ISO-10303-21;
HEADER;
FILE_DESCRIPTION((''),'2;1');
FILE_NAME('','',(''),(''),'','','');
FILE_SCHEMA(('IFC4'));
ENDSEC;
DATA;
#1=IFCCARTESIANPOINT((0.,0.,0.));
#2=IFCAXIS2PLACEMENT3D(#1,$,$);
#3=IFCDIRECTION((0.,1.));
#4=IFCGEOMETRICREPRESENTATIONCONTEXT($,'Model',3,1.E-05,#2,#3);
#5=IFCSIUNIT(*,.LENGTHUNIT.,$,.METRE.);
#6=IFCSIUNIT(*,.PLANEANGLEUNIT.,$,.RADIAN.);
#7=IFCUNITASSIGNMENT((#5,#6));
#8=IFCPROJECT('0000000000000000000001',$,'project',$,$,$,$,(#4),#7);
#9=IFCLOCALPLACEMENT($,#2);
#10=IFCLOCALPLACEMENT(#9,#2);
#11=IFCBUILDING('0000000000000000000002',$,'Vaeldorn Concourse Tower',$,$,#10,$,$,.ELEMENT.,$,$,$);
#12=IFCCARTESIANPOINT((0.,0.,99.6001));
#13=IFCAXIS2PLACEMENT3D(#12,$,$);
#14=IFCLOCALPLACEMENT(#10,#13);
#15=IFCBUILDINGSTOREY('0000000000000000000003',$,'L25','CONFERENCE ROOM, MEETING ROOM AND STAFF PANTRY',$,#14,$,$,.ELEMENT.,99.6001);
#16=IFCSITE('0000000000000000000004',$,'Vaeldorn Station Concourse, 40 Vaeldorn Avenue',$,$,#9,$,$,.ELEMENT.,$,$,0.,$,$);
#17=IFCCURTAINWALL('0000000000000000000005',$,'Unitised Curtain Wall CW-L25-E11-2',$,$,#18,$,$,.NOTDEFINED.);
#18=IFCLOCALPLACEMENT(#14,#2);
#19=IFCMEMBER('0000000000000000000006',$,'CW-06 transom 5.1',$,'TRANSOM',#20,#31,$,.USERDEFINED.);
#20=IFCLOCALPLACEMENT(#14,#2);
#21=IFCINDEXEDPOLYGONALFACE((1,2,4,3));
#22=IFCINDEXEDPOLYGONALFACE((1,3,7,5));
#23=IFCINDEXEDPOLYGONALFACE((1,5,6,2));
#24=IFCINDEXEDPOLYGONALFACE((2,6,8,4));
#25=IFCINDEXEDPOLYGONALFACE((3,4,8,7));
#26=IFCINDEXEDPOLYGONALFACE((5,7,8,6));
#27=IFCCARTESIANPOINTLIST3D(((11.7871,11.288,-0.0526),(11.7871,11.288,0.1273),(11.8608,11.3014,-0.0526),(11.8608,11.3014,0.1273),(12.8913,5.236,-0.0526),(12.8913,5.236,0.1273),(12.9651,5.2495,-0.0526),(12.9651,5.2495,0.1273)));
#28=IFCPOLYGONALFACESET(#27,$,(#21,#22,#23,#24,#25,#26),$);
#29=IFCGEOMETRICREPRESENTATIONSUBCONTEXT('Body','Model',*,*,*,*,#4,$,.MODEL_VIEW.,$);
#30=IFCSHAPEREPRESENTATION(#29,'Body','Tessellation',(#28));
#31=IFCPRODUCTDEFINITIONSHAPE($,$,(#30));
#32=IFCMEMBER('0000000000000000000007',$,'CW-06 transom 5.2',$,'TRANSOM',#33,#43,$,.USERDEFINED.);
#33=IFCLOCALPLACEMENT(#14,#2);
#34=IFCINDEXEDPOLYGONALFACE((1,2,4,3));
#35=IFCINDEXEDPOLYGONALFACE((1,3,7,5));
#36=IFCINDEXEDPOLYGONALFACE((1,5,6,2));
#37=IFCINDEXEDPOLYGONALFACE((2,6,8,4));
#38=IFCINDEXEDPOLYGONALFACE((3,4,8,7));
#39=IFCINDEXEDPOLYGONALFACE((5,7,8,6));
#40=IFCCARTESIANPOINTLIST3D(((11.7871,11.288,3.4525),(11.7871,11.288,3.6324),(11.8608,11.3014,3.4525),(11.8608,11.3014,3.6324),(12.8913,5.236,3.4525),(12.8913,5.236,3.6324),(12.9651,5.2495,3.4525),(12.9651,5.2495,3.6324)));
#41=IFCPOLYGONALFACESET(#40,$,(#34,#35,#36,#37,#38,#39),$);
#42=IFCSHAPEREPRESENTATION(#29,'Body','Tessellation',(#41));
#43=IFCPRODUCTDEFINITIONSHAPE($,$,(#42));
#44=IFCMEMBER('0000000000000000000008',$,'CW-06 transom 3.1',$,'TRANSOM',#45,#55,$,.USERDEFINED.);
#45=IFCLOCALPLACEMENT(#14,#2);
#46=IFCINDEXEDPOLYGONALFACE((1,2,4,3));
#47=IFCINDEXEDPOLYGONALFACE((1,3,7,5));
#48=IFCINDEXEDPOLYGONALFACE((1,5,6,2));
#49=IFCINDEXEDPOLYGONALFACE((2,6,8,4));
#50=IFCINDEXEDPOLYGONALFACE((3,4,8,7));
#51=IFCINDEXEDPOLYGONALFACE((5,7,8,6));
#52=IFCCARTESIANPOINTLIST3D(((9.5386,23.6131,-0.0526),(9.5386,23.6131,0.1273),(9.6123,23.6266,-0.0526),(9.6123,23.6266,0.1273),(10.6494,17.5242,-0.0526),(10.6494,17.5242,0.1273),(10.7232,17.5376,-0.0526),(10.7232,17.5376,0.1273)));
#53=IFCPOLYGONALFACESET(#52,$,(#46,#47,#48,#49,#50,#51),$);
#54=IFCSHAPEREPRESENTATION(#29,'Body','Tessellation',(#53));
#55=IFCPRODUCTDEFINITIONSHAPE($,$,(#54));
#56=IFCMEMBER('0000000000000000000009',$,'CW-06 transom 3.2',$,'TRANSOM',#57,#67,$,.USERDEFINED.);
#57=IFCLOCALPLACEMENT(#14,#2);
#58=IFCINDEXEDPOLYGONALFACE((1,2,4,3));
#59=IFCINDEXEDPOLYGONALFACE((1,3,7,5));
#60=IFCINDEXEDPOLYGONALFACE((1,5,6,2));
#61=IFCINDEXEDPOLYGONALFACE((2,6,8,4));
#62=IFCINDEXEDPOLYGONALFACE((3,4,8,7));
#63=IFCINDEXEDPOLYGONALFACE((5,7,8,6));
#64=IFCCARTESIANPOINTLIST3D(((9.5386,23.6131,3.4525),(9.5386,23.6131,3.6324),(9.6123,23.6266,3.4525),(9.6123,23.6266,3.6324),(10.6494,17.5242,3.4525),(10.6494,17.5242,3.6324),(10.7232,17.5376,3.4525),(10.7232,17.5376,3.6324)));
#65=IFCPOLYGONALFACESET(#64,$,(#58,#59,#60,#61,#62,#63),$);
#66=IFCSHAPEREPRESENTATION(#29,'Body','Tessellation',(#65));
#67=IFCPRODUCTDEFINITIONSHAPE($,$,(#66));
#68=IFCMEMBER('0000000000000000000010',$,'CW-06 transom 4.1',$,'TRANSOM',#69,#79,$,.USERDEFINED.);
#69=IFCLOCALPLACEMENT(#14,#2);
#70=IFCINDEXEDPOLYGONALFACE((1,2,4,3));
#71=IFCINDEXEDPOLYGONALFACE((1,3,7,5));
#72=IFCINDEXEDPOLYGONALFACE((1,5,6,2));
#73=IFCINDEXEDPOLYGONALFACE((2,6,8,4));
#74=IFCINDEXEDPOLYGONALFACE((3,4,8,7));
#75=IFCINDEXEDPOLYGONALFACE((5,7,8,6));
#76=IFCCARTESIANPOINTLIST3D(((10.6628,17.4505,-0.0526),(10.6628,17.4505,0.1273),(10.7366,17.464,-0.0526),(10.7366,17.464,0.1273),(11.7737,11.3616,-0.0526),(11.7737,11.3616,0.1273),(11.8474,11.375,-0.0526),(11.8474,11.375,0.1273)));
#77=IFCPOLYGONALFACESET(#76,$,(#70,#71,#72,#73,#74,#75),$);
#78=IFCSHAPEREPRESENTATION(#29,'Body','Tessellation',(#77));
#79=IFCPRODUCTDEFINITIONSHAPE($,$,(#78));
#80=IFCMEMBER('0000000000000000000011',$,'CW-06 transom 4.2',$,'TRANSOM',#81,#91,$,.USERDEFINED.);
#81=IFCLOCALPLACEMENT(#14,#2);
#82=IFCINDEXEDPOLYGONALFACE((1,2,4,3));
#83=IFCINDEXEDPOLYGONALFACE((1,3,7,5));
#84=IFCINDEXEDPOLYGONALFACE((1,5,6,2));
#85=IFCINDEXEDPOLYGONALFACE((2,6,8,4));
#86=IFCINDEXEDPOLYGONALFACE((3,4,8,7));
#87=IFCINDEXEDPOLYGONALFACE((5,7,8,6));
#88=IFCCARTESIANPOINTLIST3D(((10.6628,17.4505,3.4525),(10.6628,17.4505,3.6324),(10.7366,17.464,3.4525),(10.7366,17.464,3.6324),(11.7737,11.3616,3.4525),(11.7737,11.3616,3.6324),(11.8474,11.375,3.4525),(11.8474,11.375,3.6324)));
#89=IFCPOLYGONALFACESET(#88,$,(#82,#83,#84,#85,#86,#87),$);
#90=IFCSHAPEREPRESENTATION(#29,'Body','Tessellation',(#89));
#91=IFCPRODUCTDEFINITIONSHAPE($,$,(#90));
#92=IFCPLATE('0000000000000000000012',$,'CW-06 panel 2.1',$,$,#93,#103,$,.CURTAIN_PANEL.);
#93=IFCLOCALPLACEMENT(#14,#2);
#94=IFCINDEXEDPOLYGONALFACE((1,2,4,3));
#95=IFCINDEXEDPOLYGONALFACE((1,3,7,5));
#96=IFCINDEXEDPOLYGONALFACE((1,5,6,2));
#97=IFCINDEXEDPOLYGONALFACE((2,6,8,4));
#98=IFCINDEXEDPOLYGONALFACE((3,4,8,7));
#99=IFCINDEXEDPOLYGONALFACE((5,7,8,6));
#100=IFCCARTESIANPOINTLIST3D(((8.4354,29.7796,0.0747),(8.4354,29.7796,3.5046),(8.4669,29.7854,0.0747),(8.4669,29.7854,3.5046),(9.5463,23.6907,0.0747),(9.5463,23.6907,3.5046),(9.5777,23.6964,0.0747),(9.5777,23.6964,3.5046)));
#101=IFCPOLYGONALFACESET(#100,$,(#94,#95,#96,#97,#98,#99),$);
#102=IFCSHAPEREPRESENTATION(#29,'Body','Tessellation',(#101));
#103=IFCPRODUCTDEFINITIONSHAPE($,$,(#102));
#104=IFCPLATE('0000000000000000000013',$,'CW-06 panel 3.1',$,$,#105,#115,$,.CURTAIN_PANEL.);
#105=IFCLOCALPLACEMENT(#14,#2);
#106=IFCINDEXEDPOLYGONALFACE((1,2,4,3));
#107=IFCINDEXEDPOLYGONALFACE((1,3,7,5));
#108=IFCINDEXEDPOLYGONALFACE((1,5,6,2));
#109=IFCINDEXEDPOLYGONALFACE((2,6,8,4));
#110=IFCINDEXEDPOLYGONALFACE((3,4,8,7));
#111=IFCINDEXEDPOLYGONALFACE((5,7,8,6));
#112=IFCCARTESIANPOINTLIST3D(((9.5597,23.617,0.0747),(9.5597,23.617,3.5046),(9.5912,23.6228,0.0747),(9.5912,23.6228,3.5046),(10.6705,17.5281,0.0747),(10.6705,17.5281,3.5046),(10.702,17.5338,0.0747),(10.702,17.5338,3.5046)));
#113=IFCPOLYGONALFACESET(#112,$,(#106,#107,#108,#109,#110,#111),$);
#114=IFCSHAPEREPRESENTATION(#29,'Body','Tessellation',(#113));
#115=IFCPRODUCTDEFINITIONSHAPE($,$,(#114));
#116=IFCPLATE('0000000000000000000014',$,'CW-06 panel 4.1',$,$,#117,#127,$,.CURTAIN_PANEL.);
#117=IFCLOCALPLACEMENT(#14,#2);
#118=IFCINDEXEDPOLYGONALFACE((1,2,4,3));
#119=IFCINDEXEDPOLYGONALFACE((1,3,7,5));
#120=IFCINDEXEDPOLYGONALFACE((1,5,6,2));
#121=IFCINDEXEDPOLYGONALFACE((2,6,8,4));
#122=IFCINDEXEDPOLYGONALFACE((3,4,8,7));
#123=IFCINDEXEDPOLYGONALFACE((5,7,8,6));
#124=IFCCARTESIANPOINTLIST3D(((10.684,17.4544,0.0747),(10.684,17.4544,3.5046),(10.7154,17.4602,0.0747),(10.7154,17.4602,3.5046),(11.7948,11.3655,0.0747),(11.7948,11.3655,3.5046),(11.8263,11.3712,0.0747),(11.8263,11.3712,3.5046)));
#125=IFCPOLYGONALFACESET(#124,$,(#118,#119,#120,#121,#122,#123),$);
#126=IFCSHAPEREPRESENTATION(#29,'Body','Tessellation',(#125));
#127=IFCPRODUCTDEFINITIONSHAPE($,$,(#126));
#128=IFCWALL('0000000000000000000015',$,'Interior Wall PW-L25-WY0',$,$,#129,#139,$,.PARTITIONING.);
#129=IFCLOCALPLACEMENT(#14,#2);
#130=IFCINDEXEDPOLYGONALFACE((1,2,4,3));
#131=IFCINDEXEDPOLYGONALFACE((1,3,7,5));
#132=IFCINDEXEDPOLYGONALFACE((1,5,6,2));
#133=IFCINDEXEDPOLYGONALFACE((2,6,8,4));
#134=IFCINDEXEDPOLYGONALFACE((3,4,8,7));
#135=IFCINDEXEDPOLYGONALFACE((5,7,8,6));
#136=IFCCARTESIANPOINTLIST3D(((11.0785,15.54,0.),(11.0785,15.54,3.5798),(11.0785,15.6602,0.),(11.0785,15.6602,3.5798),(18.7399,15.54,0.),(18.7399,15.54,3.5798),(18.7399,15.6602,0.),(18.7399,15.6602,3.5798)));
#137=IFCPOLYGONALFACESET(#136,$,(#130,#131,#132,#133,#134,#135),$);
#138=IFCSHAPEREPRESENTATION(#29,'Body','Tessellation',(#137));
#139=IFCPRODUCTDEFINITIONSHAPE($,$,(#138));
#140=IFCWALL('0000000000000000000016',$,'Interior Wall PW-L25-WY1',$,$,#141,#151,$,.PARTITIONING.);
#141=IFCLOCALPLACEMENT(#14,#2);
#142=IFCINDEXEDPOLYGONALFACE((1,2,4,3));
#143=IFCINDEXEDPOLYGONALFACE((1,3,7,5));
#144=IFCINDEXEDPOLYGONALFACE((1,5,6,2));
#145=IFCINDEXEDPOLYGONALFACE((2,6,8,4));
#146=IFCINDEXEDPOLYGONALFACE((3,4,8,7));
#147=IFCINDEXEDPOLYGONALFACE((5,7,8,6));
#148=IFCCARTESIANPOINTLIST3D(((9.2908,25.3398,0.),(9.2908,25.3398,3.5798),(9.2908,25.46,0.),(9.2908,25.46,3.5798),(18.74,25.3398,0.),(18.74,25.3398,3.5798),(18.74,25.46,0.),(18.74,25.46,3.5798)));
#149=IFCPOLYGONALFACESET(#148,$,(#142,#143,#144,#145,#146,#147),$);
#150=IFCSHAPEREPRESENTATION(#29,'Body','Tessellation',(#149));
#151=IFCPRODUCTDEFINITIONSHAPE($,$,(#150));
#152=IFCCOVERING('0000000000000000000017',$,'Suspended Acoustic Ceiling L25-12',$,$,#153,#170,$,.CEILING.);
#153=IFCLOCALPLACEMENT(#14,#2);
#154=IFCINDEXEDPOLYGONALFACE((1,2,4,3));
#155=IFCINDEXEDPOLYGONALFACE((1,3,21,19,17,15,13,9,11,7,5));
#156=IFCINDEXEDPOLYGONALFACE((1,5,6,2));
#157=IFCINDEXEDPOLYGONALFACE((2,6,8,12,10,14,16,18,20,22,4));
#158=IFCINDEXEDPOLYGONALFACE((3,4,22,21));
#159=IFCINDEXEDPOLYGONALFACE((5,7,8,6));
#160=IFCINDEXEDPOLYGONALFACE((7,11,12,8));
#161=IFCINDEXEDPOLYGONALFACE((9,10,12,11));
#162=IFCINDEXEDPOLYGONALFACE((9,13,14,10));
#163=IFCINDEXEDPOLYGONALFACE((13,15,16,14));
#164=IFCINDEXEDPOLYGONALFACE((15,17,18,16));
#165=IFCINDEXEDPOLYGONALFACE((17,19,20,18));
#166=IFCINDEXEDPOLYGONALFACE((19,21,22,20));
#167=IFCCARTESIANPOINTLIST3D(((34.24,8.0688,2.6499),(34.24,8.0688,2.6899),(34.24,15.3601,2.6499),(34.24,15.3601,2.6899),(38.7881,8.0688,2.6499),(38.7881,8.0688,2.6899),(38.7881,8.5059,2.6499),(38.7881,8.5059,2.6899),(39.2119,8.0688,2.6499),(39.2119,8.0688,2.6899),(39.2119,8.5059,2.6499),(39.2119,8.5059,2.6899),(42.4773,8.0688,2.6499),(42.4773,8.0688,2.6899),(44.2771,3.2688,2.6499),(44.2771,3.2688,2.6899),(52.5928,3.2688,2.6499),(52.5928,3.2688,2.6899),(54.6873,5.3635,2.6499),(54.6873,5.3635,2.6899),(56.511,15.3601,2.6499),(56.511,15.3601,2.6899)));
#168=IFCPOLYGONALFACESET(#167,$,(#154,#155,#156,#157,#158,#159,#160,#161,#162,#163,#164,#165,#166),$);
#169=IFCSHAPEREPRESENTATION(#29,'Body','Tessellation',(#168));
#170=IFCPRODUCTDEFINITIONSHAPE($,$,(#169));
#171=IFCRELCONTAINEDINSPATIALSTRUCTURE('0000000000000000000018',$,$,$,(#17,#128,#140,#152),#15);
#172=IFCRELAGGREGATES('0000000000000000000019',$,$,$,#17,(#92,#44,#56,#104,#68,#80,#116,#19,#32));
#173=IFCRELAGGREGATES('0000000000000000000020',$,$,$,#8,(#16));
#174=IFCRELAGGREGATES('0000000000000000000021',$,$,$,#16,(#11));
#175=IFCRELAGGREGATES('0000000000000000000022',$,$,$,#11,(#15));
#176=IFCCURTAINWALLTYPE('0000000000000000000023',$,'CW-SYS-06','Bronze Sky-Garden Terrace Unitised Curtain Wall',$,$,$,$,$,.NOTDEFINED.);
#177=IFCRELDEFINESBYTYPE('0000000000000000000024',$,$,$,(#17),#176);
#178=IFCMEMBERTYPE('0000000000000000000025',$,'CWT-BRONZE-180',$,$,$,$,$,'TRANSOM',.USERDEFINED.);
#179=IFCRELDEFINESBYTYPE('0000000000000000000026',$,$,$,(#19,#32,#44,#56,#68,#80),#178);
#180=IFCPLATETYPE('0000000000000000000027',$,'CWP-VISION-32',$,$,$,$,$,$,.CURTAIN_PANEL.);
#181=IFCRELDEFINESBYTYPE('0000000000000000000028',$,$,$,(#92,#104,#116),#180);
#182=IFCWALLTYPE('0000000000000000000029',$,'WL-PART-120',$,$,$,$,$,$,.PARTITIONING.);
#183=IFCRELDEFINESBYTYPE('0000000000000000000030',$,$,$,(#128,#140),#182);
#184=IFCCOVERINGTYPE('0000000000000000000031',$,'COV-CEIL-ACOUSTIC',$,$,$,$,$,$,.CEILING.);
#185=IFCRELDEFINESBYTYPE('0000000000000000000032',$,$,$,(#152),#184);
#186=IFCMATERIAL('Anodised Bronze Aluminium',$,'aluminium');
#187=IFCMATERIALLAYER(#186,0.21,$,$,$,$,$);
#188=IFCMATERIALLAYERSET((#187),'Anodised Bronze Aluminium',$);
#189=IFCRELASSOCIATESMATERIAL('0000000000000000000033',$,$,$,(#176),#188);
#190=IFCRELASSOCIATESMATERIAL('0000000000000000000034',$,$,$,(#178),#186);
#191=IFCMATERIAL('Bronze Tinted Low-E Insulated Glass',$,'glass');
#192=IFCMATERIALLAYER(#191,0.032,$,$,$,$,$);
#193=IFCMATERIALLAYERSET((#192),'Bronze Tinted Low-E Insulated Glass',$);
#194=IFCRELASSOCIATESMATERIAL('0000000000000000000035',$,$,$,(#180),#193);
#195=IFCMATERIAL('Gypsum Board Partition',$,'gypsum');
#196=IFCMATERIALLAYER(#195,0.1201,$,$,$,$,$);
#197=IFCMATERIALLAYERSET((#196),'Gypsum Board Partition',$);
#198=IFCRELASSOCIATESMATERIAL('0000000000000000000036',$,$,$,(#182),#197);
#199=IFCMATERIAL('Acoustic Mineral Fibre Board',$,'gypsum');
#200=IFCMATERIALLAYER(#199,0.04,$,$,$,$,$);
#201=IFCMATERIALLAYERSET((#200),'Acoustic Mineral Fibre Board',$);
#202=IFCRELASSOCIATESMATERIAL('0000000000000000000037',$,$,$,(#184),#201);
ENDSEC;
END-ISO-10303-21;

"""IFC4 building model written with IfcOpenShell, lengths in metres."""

from ifc_helpers import new_model, si_unit, direction, frame, frame_2d, origin, origin_2d, place, context, subcontext, project, spatial, polyline, rectangle, outline, extrude, source, transform, mapped, material, layer, layer_set, material_profile, profile_set, type_object, element, aggregate, save


model = new_model("IFC4")

# Units and contexts
model_context = context("Model", 3, precision=1e-05, world=origin(), true_north=direction((0.0, 1.0)))
body_context = subcontext(model_context, "Body", "Model", "MODEL_VIEW")
ifc_project = project(units=[si_unit("LENGTHUNIT", "METRE"), si_unit("PLANEANGLEUNIT", "RADIAN")], contexts=[model_context])

# Site, building, storey
site_placement = place(None, origin())
site = spatial("IfcSite", under=ifc_project, at=site_placement, Name="Vaeldorn Station Concourse, 40 Vaeldorn Avenue", CompositionType="ELEMENT", RefElevation=0.0)
building_placement = place(site_placement, origin())
building = spatial("IfcBuilding", under=site, at=building_placement, Name="Vaeldorn Concourse Tower", CompositionType="ELEMENT")
storey_placement = place(building_placement, frame((0.0, 0.0, 99.6001)))
storey = spatial("IfcBuildingStorey", under=building, at=storey_placement, Name="L25", Description="CONFERENCE ROOM, MEETING ROOM AND STAFF PANTRY", CompositionType="ELEMENT", Elevation=99.6001)

# Curtain wall, members, plates
ifc_material_1 = material(Name="Anodised Bronze Aluminium", Category="aluminium")
ifc_layer_1 = layer(ifc_material_1, 0.21)
ifc_layer_set_1 = layer_set([ifc_layer_1], Name="Anodised Bronze Aluminium")
curtain_wall_type = type_object("IfcCurtainWallType", Name="CW-SYS-06", Description="Bronze Sky-Garden Terrace Unitised Curtain Wall", PredefinedType="NOTDEFINED", material=ifc_layer_set_1)
curtain_wall_placement = place(storey_placement, origin())
curtain_wall = element("IfcCurtainWall", 1, at=curtain_wall_placement, inside=storey, type_object=curtain_wall_type, Name="Unitised Curtain Wall CW-L25-E11-2", PredefinedType="NOTDEFINED")
ifc_material_profile_1 = material_profile(ifc_material_1, rectangle(XDim=0.075, YDim=0.1799, at=origin_2d()), Name="CWT 75x180")
ifc_profile_set_1 = profile_set([ifc_material_profile_1], Name="Anodised Bronze Aluminium")
member_type_1 = type_object("IfcMemberType", Name="CWT-BRONZE-180", ElementType="TRANSOM", PredefinedType="USERDEFINED", material=ifc_profile_set_1)
shared_shape_1 = source(origin(), body_context, "Body", "SweptSolid", [
    extrude(rectangle(XDim=0.075, YDim=0.1799, at=origin_2d()), origin(), (0.0, 0.0, 1.0), 6.1519),
])
member_1_placement = place(storey_placement, frame((11.824, 11.2947, 0.0374), z_axis=(0.179497, -0.983759, 0.0), x_axis=(0.983759, 0.179497, 0.0)))
member_1 = element("IfcMember", 2, at=member_1_placement, type_object=member_type_1, Name="CW-06 transom 5.1", ObjectType="TRANSOM", PredefinedType="USERDEFINED", context=body_context, shape_type="MappedRepresentation", body=[
    mapped(shared_shape_1, transform((0.0, 0.0, 0.0), scale=1.0)),
])
member_2_placement = place(storey_placement, frame((11.824, 11.2947, 3.5425), z_axis=(0.179497, -0.983759, 0.0), x_axis=(0.983759, 0.179497, 0.0)))
member_2 = element("IfcMember", 3, at=member_2_placement, type_object=member_type_1, Name="CW-06 transom 5.2", ObjectType="TRANSOM", PredefinedType="USERDEFINED", context=body_context, shape_type="MappedRepresentation", body=[
    mapped(shared_shape_1, transform((0.0, 0.0, 0.0), scale=1.0)),
])
shared_shape_2 = source(origin(), body_context, "Body", "SweptSolid", [
    extrude(rectangle(XDim=0.075, YDim=0.1799, at=origin_2d()), origin(), (0.0, 0.0, 1.0), 6.1895),
])
member_3_placement = place(storey_placement, frame((9.5754, 23.6199, 0.0374), z_axis=(0.179476, -0.983762, 0.0), x_axis=(0.983762, 0.179476, 0.0)))
member_3 = element("IfcMember", 4, at=member_3_placement, type_object=member_type_1, Name="CW-06 transom 3.1", ObjectType="TRANSOM", PredefinedType="USERDEFINED", context=body_context, shape_type="MappedRepresentation", body=[
    mapped(shared_shape_2, transform((0.0, 0.0, 0.0), scale=1.0)),
])
member_4_placement = place(storey_placement, frame((9.5754, 23.6199, 3.5425), z_axis=(0.179476, -0.983762, 0.0), x_axis=(0.983762, 0.179476, 0.0)))
member_4 = element("IfcMember", 5, at=member_4_placement, type_object=member_type_1, Name="CW-06 transom 3.2", ObjectType="TRANSOM", PredefinedType="USERDEFINED", context=body_context, shape_type="MappedRepresentation", body=[
    mapped(shared_shape_2, transform((0.0, 0.0, 0.0), scale=1.0)),
])
member_5_placement = place(storey_placement, frame((10.6997, 17.4573, 0.0374), z_axis=(0.179476, -0.983762, 0.0), x_axis=(0.983762, 0.179476, 0.0)))
member_5 = element("IfcMember", 6, at=member_5_placement, type_object=member_type_1, Name="CW-06 transom 4.1", ObjectType="TRANSOM", PredefinedType="USERDEFINED", context=body_context, shape_type="MappedRepresentation", body=[
    mapped(shared_shape_2, transform((0.0, 0.0, 0.0), scale=1.0)),
])
member_6_placement = place(storey_placement, frame((10.6997, 17.4573, 3.5425), z_axis=(0.179476, -0.983762, 0.0), x_axis=(0.983762, 0.179476, 0.0)))
member_6 = element("IfcMember", 7, at=member_6_placement, type_object=member_type_1, Name="CW-06 transom 4.2", ObjectType="TRANSOM", PredefinedType="USERDEFINED", context=body_context, shape_type="MappedRepresentation", body=[
    mapped(shared_shape_2, transform((0.0, 0.0, 0.0), scale=1.0)),
])
ifc_material_2 = material(Name="Bronze Tinted Low-E Insulated Glass", Category="glass")
ifc_layer_2 = layer(ifc_material_2, 0.032)
ifc_layer_set_2 = layer_set([ifc_layer_2], Name="Bronze Tinted Low-E Insulated Glass")
plate_type = type_object("IfcPlateType", Name="CWP-VISION-32", PredefinedType="CURTAIN_PANEL", material=ifc_layer_set_2)
shared_shape_3 = source(origin(), body_context, "Body", "SweptSolid", [
    extrude(rectangle(XDim=6.1895, YDim=0.032, at=origin_2d()), origin(), (0.0, 0.0, 1.0), 3.4299),
])
plate_1_placement = place(storey_placement, frame((9.0066, 26.738, 0.0747), z_axis=(0.0, 0.0, 1.0), x_axis=(0.179473, -0.983763, 0.0)))
plate_1 = element("IfcPlate", 8, at=plate_1_placement, type_object=plate_type, Name="CW-06 panel 2.1", PredefinedType="CURTAIN_PANEL", context=body_context, shape_type="MappedRepresentation", body=[
    mapped(shared_shape_3, transform((0.0, 0.0, 0.0), scale=1.0)),
])
plate_2_placement = place(storey_placement, frame((10.1309, 20.5754, 0.0747), z_axis=(0.0, 0.0, 1.0), x_axis=(0.179473, -0.983763, 0.0)))
plate_2 = element("IfcPlate", 9, at=plate_2_placement, type_object=plate_type, Name="CW-06 panel 3.1", PredefinedType="CURTAIN_PANEL", context=body_context, shape_type="MappedRepresentation", body=[
    mapped(shared_shape_3, transform((0.0, 0.0, 0.0), scale=1.0)),
])
plate_3_placement = place(storey_placement, frame((11.2551, 14.4128, 0.0747), z_axis=(0.0, 0.0, 1.0), x_axis=(0.179473, -0.983763, 0.0)))
plate_3 = element("IfcPlate", 10, at=plate_3_placement, type_object=plate_type, Name="CW-06 panel 4.1", PredefinedType="CURTAIN_PANEL", context=body_context, shape_type="MappedRepresentation", body=[
    mapped(shared_shape_3, transform((0.0, 0.0, 0.0), scale=1.0)),
])
aggregate(curtain_wall, [plate_1, member_3, member_4, plate_2, member_5, member_6, plate_3, member_1, member_2])

# Walls
ifc_material_3 = material(Name="Gypsum Board Partition", Category="gypsum")
ifc_layer_3 = layer(ifc_material_3, 0.1201)
ifc_layer_set_3 = layer_set([ifc_layer_3], Name="Gypsum Board Partition")
wall_type = type_object("IfcWallType", Name="WL-PART-120", PredefinedType="PARTITIONING", material=ifc_layer_set_3)
wall_1_placement = place(storey_placement, frame((11.0786, 15.6001, 0.0), z_axis=(0.0, 0.0, 1.0), x_axis=(1.0, 0.0, 0.0)))
element("IfcWall", 11, at=wall_1_placement, inside=storey, type_object=wall_type, Name="Interior Wall PW-L25-WY0", PredefinedType="PARTITIONING", context=body_context, shape_type="SweptSolid", body=[
    extrude(rectangle(XDim=7.6614, YDim=0.1201, at=frame_2d((3.8306, 0.0))), origin(), (0.0, 0.0, 1.0), 3.5798),
])
wall_2_placement = place(storey_placement, frame((9.2908, 25.3999, 0.0), z_axis=(0.0, 0.0, 1.0), x_axis=(1.0, 0.0, 0.0)))
element("IfcWall", 12, at=wall_2_placement, inside=storey, type_object=wall_type, Name="Interior Wall PW-L25-WY1", PredefinedType="PARTITIONING", context=body_context, shape_type="SweptSolid", body=[
    extrude(rectangle(XDim=9.4492, YDim=0.1201, at=frame_2d((4.7246, 0.0))), origin(), (0.0, 0.0, 1.0), 3.5798),
])

# Covering
ifc_material_4 = material(Name="Acoustic Mineral Fibre Board", Category="gypsum")
ifc_layer_4 = layer(ifc_material_4, 0.04)
ifc_layer_set_4 = layer_set([ifc_layer_4], Name="Acoustic Mineral Fibre Board")
covering_type_1 = type_object("IfcCoveringType", Name="COV-CEIL-ACOUSTIC", PredefinedType="CEILING", material=ifc_layer_set_4)
covering_1_placement = place(storey_placement, frame((0.0, 0.0, 2.6499)))
element("IfcCovering", 13, at=covering_1_placement, inside=storey, type_object=covering_type_1, Name="Suspended Acoustic Ceiling L25-12", PredefinedType="CEILING", context=body_context, shape_type="SweptSolid", body=[
    extrude(outline(polyline([(34.24, 15.3601), (56.511, 15.3601), (54.6873, 5.3635), (52.5928, 3.2688), (44.2771, 3.2688), (42.4773, 8.0688), (39.2119, 8.0688), (39.2119, 8.5059), (38.7881, 8.5059), (38.7881, 8.0688), (34.24, 8.0688), (34.24, 15.3601)])), origin(), (0.0, 0.0, 1.0), 0.04),
])

save(model, "model.ifc")
